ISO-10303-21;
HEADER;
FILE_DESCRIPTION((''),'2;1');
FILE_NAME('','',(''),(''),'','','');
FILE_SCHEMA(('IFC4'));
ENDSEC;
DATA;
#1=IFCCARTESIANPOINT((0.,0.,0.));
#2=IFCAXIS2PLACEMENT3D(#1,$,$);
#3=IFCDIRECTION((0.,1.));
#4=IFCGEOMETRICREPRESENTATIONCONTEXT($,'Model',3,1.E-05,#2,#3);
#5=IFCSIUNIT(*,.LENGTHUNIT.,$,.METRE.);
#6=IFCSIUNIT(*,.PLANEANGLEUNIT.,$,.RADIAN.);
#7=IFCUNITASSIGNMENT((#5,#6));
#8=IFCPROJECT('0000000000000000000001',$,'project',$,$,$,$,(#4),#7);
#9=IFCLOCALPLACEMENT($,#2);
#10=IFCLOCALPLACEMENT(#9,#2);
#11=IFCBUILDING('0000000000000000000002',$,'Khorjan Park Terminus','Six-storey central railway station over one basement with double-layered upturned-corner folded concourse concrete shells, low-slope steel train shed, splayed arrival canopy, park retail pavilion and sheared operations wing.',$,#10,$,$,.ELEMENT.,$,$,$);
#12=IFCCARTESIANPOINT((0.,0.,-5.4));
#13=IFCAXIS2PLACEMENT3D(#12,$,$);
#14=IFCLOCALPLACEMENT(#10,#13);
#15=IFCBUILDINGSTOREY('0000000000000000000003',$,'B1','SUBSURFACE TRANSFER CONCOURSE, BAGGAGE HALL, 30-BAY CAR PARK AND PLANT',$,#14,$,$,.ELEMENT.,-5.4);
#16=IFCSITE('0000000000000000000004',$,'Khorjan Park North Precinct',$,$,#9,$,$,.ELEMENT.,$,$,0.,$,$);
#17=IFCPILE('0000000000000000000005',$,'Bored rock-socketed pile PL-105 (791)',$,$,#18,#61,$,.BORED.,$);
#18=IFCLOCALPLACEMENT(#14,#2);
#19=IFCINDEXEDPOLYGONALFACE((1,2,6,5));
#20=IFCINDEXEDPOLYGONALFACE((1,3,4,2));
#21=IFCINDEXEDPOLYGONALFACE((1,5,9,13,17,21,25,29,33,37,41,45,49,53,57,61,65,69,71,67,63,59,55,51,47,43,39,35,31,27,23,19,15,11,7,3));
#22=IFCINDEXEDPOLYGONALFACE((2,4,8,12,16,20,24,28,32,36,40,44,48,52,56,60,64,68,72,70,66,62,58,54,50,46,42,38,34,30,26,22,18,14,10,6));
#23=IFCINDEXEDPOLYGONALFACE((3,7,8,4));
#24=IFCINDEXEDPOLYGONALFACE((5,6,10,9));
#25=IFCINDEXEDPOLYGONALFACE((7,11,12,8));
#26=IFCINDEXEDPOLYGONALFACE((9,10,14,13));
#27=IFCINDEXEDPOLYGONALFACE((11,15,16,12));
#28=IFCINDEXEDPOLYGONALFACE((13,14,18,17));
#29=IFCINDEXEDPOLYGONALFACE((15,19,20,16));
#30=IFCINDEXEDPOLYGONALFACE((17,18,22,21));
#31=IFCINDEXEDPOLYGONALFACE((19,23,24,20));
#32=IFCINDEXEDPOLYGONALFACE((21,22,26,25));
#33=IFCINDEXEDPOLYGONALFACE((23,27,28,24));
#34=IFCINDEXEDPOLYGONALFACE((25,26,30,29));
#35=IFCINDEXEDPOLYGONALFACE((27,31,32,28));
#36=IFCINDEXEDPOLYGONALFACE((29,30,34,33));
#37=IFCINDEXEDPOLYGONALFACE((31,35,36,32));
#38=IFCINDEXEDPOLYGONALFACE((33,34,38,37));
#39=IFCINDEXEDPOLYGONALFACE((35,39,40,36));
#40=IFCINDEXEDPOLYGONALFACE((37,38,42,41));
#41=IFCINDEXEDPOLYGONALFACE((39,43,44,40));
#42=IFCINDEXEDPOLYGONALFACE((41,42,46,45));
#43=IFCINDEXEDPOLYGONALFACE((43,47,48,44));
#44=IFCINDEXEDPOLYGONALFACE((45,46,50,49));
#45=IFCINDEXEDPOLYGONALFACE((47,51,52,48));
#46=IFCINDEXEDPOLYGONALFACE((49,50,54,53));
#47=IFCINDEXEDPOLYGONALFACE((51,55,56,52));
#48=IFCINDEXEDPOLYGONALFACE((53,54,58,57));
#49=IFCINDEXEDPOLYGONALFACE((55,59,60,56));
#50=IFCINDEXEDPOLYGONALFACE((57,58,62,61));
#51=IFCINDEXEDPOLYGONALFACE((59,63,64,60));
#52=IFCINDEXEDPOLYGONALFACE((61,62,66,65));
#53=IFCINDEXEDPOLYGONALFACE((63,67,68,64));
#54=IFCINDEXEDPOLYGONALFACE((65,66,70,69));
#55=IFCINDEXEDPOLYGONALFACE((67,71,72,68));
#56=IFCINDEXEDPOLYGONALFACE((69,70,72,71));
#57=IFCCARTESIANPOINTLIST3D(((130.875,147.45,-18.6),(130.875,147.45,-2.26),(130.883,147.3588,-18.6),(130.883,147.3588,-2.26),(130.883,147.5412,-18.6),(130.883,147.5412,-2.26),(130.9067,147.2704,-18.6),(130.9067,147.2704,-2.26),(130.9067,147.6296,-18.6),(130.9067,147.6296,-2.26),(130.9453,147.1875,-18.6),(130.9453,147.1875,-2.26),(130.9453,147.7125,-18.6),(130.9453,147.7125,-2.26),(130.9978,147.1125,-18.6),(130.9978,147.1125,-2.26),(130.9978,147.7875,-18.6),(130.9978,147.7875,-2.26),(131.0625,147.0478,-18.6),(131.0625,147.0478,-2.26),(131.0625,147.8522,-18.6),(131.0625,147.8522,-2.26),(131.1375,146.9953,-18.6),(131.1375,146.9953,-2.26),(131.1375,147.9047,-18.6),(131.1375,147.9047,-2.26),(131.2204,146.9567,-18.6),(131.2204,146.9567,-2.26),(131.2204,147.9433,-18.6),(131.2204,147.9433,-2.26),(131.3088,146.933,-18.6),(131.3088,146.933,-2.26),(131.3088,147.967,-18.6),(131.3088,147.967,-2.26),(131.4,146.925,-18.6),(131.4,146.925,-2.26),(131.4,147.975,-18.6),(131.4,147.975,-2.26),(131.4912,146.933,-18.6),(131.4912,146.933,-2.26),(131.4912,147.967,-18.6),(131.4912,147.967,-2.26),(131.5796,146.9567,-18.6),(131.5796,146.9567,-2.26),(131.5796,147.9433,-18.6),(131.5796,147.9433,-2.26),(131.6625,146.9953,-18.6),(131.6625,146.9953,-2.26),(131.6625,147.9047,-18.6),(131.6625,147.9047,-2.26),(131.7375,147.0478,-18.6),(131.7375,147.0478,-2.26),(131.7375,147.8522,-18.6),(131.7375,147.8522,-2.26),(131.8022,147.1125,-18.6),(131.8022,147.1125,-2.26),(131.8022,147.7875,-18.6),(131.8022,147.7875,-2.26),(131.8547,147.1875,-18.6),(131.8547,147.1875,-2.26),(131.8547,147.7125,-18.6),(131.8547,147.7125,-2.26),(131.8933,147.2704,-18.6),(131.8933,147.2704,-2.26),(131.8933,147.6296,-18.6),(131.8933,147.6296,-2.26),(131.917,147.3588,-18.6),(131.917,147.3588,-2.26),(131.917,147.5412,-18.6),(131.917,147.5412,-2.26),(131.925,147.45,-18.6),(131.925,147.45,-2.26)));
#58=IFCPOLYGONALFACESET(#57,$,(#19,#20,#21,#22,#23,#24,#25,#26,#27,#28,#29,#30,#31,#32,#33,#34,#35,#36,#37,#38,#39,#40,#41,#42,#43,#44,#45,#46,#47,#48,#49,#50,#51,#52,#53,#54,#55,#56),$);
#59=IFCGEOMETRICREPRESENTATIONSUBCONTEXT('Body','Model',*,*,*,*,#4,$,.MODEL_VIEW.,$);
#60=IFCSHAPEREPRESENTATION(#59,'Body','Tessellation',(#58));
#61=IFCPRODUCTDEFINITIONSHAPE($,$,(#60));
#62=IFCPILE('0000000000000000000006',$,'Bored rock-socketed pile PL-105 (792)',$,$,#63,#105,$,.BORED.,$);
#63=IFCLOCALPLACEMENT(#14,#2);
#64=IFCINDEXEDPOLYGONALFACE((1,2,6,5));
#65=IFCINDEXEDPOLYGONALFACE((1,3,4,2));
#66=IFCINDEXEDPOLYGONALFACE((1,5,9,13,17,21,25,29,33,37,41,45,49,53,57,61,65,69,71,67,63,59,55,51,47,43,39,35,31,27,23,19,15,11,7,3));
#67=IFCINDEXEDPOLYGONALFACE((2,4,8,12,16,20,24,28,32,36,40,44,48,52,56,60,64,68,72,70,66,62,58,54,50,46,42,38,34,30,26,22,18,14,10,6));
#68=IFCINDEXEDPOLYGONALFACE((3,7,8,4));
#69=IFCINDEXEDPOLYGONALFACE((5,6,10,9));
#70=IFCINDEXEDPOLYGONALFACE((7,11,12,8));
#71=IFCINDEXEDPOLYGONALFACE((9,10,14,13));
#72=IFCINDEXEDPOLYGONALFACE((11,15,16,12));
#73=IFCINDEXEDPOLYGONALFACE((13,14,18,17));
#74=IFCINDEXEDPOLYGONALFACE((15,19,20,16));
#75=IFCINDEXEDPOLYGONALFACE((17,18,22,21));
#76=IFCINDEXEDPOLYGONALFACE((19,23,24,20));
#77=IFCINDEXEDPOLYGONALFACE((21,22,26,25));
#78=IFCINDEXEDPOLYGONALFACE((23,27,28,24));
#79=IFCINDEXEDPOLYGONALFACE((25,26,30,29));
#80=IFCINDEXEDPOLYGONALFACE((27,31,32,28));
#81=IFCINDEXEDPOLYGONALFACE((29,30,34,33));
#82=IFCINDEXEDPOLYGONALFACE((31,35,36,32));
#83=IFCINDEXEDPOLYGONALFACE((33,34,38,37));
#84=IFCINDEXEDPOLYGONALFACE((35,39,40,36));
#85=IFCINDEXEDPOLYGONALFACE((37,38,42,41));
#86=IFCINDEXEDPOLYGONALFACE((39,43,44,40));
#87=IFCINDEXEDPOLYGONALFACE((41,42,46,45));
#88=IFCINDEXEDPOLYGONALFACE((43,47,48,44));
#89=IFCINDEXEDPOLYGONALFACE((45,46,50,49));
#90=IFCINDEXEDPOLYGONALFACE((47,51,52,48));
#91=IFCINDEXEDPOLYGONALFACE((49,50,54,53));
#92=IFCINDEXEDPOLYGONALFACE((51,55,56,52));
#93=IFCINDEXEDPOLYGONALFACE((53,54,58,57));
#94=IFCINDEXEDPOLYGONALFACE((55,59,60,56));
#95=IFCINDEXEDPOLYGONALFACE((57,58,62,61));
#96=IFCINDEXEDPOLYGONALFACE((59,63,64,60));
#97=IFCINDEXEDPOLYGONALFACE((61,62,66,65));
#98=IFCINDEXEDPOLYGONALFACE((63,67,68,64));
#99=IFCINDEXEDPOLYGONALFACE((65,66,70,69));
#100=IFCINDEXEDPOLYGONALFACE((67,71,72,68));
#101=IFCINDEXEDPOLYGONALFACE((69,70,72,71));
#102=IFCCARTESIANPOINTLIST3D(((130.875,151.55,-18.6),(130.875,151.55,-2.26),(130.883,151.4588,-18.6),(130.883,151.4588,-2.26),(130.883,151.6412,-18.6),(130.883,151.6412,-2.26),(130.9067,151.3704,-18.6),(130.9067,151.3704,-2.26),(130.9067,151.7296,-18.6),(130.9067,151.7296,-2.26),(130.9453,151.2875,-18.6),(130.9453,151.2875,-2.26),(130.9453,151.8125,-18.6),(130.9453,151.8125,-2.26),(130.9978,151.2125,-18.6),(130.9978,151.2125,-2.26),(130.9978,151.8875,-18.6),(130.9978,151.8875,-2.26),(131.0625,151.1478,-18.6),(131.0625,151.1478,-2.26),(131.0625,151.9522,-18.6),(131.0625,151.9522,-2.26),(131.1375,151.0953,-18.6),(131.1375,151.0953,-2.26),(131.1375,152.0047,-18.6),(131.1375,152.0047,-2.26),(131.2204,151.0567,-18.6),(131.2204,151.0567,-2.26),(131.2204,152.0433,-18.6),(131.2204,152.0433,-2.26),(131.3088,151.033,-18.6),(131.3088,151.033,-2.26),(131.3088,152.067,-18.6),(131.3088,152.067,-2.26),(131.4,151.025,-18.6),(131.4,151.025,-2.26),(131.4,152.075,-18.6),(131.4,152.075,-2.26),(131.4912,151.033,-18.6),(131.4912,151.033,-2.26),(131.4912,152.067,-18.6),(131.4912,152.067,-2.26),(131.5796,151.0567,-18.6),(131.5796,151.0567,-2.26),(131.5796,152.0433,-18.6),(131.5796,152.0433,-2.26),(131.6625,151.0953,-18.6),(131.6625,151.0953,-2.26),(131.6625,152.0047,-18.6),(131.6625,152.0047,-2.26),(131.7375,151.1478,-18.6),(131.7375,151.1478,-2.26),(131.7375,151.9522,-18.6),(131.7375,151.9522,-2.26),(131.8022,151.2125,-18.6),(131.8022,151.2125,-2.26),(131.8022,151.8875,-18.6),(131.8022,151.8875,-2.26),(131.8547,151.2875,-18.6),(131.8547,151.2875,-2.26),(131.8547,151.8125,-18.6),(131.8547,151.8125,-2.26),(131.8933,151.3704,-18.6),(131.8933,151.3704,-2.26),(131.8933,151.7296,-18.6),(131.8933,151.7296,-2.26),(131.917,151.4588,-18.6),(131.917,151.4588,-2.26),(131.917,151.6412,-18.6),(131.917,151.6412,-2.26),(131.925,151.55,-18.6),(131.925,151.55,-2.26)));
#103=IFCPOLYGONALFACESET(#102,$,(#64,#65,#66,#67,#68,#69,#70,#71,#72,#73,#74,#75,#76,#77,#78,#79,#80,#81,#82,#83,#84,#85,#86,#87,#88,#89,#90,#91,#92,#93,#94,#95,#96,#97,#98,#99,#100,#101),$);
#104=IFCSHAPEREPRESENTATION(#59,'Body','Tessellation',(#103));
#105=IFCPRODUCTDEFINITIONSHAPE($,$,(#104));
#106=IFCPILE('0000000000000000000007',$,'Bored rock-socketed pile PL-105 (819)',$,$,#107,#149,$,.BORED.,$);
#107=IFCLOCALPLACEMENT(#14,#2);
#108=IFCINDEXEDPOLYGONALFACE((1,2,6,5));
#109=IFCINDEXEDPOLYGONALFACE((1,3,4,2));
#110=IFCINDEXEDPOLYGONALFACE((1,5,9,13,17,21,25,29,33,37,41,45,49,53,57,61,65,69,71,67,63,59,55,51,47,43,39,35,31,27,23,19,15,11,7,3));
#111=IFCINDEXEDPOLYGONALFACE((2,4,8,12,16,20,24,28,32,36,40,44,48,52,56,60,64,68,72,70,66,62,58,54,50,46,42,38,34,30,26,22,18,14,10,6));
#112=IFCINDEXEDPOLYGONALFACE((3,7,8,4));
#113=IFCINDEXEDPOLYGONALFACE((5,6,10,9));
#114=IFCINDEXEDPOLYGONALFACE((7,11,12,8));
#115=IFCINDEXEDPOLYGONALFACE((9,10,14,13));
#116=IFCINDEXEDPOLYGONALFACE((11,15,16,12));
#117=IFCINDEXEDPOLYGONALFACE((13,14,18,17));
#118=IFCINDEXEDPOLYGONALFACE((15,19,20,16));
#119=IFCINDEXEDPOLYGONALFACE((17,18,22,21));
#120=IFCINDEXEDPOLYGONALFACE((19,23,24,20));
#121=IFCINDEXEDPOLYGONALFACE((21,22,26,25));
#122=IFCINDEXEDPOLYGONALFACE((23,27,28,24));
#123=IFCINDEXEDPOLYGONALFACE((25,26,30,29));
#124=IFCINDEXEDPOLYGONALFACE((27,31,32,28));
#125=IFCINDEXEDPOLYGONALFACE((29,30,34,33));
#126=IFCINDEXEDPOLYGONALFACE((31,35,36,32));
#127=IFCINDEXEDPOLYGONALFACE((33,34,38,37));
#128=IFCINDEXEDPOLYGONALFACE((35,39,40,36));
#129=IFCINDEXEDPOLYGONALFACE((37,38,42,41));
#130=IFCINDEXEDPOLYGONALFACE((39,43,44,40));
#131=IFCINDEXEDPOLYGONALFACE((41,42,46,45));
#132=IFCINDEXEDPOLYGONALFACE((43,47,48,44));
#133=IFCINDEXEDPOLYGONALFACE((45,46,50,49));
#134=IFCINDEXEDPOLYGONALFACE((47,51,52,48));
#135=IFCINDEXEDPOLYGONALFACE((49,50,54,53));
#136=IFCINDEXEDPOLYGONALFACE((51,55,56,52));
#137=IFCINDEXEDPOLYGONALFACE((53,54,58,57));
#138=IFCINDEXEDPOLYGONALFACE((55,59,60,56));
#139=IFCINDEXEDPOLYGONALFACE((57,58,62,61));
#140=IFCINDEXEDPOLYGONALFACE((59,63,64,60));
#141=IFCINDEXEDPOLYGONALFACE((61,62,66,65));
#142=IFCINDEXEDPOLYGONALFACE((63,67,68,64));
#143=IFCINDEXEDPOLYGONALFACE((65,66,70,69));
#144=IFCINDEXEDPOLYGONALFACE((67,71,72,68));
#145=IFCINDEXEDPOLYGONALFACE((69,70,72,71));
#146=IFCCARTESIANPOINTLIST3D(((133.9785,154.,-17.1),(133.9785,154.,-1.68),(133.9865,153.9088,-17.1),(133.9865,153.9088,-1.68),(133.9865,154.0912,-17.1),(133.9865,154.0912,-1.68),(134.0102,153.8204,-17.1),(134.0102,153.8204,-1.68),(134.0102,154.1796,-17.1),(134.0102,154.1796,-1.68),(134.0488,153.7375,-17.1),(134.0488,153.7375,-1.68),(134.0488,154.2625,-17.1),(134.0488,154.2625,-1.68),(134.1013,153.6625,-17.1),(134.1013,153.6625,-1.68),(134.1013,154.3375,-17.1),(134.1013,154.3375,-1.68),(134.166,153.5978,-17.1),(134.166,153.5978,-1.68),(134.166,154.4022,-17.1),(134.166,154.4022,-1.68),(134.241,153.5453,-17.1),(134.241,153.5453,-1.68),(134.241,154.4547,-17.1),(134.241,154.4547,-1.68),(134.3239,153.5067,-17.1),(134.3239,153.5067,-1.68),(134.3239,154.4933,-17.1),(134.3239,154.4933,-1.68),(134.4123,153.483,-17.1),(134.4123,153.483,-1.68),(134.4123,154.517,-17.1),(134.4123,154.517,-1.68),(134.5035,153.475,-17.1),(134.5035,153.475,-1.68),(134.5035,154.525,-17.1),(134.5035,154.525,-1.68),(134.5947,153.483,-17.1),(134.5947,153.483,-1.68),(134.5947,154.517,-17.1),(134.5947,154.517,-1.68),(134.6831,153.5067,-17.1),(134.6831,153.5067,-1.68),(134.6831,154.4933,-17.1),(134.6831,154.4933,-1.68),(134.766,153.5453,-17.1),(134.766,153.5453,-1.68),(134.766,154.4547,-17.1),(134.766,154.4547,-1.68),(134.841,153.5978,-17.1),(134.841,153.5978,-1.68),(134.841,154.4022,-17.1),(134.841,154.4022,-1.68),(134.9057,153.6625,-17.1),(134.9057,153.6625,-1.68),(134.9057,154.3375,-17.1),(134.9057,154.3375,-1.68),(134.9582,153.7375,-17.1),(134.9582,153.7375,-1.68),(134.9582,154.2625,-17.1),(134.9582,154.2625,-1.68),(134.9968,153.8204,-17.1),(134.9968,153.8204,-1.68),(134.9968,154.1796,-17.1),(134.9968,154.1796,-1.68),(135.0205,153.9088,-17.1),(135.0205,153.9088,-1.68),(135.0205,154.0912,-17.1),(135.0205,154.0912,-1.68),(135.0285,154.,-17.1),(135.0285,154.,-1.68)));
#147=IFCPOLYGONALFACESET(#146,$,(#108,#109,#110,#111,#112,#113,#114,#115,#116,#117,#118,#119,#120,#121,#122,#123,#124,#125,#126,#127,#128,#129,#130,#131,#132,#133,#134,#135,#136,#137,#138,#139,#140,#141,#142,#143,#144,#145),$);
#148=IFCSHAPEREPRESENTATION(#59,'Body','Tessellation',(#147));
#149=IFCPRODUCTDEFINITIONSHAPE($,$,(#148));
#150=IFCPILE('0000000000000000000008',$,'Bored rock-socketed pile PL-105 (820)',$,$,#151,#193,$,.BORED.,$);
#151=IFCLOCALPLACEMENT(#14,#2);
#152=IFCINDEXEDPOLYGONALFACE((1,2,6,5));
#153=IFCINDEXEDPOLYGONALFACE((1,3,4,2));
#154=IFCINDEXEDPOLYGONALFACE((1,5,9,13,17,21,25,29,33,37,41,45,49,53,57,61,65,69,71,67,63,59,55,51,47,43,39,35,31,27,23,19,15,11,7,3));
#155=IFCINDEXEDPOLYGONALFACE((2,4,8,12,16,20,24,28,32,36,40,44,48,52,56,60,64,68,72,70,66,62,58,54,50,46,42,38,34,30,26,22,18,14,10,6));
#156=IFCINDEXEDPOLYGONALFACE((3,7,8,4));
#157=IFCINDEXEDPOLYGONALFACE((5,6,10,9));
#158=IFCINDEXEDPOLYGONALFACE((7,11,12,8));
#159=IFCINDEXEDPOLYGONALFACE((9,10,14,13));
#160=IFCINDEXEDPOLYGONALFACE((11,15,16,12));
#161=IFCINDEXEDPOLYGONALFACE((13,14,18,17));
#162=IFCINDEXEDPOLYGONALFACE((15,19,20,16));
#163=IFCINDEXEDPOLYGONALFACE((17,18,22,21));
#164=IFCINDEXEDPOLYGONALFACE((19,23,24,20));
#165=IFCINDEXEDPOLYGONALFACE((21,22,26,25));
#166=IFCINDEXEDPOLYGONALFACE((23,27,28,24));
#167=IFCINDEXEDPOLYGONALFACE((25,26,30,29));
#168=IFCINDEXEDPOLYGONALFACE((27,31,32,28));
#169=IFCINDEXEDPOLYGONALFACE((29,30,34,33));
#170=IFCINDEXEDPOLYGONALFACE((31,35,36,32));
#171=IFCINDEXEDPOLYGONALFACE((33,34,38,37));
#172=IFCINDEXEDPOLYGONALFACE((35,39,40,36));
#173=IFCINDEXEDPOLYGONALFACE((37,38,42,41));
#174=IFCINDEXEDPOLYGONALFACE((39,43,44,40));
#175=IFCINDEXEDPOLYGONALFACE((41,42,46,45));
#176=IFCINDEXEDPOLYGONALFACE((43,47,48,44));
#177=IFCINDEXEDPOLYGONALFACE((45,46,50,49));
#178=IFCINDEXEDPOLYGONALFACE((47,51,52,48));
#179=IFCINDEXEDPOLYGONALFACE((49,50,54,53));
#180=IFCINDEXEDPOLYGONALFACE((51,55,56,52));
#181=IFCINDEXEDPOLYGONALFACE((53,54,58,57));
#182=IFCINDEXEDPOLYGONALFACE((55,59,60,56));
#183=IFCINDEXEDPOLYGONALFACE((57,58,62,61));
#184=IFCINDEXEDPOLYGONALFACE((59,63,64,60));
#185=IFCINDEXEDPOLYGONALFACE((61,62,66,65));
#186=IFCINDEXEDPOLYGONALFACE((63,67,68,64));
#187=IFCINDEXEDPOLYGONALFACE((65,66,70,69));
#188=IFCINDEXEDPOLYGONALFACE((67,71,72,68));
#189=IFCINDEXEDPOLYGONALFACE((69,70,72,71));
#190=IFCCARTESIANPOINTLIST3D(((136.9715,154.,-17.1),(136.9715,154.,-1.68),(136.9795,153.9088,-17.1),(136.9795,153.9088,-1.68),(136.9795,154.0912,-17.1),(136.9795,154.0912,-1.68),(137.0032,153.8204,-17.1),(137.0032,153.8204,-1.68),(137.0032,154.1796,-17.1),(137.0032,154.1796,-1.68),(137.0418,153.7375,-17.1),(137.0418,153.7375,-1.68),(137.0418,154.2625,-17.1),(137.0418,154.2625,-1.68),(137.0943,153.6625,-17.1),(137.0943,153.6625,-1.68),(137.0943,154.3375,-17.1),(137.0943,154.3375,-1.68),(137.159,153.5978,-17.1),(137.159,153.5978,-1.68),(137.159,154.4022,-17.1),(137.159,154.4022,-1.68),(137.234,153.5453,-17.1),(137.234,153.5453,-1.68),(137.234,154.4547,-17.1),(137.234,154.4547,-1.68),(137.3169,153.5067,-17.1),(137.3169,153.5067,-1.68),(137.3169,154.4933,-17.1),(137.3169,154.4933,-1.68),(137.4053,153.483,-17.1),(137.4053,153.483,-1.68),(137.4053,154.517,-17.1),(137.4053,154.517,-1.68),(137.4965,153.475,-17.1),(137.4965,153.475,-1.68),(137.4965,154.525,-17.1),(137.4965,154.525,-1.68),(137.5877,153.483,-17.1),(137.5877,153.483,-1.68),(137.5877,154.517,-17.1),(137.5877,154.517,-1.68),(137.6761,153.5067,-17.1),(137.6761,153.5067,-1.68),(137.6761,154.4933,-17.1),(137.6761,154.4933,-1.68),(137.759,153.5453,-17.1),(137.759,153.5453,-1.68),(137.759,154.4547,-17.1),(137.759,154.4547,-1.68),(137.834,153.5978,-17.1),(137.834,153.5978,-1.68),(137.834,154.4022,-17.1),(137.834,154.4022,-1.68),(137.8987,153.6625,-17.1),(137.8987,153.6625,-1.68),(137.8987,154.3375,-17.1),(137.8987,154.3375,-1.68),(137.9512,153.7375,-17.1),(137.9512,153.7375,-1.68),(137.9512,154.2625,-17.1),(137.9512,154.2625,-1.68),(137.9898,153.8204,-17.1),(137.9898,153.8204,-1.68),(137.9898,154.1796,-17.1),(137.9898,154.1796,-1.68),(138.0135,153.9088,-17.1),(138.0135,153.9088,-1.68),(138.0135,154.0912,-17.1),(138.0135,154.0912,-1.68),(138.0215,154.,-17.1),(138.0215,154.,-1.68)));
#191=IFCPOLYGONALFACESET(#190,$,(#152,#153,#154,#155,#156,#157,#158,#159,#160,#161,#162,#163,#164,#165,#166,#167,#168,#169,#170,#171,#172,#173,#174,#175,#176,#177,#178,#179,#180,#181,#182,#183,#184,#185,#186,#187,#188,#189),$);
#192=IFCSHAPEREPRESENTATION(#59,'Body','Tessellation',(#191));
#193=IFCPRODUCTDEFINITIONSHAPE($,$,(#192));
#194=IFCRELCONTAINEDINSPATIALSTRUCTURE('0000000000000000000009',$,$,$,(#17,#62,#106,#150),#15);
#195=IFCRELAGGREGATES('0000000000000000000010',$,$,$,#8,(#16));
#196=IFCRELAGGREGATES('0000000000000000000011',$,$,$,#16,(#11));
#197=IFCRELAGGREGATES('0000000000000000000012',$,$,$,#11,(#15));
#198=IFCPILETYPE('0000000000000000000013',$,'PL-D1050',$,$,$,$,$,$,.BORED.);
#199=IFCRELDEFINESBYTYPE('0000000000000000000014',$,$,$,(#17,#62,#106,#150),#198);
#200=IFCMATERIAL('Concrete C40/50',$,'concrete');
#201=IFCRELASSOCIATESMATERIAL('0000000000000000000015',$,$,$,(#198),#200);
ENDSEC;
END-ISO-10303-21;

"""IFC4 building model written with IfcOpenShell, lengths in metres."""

from ifc_helpers import new_model, si_unit, direction, frame, origin, origin_2d, place, context, subcontext, project, spatial, circle, extrude, material, material_profile, profile_set, type_object, element, save


model = new_model("IFC4")

# Units and contexts
model_context = context("Model", 3, precision=1e-05, world=origin(), true_north=direction((0.0, 1.0)))
body_context = subcontext(model_context, "Body", "Model", "MODEL_VIEW")
ifc_project = project(units=[si_unit("LENGTHUNIT", "METRE"), si_unit("PLANEANGLEUNIT", "RADIAN")], contexts=[model_context])

# Site, building, storey
site_placement = place(None, origin())
site = spatial("IfcSite", under=ifc_project, at=site_placement, Name="Khorjan Park North Precinct", CompositionType="ELEMENT", RefElevation=0.0)
building_placement = place(site_placement, origin())
building = spatial("IfcBuilding", under=site, at=building_placement, Name="Khorjan Park Terminus", Description="Six-storey central railway station over one basement with double-layered upturned-corner folded concourse concrete shells, low-slope steel train shed, splayed arrival canopy, park retail pavilion and sheared operations wing.", CompositionType="ELEMENT")
storey_placement = place(building_placement, frame((0.0, 0.0, -5.4)))
storey = spatial("IfcBuildingStorey", under=building, at=storey_placement, Name="B1", Description="SUBSURFACE TRANSFER CONCOURSE, BAGGAGE HALL, 30-BAY CAR PARK AND PLANT", CompositionType="ELEMENT", Elevation=-5.4)

# Shared definitions
ifc_material_1 = material(Name="Concrete C40/50", Category="concrete")

# Piles
ifc_material_profile_1 = material_profile(ifc_material_1, circle(Radius=0.525, at=origin_2d()), Name="BORED D1050")
ifc_profile_set_1 = profile_set([ifc_material_profile_1], Name="Concrete C40/50")
pile_type_1 = type_object("IfcPileType", Name="PL-D1050", PredefinedType="BORED", material=ifc_profile_set_1)
for number, where, z_axis, x_axis, name in (
    (1, (131.4, 147.45, -2.26), (0.0, 0.0, -1.0), (1.0, 0.0, 0.0), "Bored rock-socketed pile PL-105 (791)"),
    (2, (131.4, 151.55, -2.26), (0.0, 0.0, -1.0), (1.0, 0.0, 0.0), "Bored rock-socketed pile PL-105 (792)"),
):
    element("IfcPile", number, at=place(storey_placement, frame(where, z_axis=z_axis, x_axis=x_axis)), inside=storey, type_object=pile_type_1, Name=name, PredefinedType="BORED", context=body_context, shape_type="SweptSolid", body=[
        extrude(circle(Radius=0.525, at=origin_2d()), origin(), (0.0, 0.0, 1.0), 16.34),
    ])
for number, where, z_axis, x_axis, name in (
    (3, (134.5035, 154.0, -1.68), (0.0, 0.0, -1.0), (1.0, 0.0, 0.0), "Bored rock-socketed pile PL-105 (819)"),
    (4, (137.4965, 154.0, -1.68), (0.0, 0.0, -1.0), (1.0, 0.0, 0.0), "Bored rock-socketed pile PL-105 (820)"),
):
    element("IfcPile", number, at=place(storey_placement, frame(where, z_axis=z_axis, x_axis=x_axis)), inside=storey, type_object=pile_type_1, Name=name, PredefinedType="BORED", context=body_context, shape_type="SweptSolid", body=[
        extrude(circle(Radius=0.525, at=origin_2d()), origin(), (0.0, 0.0, 1.0), 15.42),
    ])

save(model, "model.ifc")
